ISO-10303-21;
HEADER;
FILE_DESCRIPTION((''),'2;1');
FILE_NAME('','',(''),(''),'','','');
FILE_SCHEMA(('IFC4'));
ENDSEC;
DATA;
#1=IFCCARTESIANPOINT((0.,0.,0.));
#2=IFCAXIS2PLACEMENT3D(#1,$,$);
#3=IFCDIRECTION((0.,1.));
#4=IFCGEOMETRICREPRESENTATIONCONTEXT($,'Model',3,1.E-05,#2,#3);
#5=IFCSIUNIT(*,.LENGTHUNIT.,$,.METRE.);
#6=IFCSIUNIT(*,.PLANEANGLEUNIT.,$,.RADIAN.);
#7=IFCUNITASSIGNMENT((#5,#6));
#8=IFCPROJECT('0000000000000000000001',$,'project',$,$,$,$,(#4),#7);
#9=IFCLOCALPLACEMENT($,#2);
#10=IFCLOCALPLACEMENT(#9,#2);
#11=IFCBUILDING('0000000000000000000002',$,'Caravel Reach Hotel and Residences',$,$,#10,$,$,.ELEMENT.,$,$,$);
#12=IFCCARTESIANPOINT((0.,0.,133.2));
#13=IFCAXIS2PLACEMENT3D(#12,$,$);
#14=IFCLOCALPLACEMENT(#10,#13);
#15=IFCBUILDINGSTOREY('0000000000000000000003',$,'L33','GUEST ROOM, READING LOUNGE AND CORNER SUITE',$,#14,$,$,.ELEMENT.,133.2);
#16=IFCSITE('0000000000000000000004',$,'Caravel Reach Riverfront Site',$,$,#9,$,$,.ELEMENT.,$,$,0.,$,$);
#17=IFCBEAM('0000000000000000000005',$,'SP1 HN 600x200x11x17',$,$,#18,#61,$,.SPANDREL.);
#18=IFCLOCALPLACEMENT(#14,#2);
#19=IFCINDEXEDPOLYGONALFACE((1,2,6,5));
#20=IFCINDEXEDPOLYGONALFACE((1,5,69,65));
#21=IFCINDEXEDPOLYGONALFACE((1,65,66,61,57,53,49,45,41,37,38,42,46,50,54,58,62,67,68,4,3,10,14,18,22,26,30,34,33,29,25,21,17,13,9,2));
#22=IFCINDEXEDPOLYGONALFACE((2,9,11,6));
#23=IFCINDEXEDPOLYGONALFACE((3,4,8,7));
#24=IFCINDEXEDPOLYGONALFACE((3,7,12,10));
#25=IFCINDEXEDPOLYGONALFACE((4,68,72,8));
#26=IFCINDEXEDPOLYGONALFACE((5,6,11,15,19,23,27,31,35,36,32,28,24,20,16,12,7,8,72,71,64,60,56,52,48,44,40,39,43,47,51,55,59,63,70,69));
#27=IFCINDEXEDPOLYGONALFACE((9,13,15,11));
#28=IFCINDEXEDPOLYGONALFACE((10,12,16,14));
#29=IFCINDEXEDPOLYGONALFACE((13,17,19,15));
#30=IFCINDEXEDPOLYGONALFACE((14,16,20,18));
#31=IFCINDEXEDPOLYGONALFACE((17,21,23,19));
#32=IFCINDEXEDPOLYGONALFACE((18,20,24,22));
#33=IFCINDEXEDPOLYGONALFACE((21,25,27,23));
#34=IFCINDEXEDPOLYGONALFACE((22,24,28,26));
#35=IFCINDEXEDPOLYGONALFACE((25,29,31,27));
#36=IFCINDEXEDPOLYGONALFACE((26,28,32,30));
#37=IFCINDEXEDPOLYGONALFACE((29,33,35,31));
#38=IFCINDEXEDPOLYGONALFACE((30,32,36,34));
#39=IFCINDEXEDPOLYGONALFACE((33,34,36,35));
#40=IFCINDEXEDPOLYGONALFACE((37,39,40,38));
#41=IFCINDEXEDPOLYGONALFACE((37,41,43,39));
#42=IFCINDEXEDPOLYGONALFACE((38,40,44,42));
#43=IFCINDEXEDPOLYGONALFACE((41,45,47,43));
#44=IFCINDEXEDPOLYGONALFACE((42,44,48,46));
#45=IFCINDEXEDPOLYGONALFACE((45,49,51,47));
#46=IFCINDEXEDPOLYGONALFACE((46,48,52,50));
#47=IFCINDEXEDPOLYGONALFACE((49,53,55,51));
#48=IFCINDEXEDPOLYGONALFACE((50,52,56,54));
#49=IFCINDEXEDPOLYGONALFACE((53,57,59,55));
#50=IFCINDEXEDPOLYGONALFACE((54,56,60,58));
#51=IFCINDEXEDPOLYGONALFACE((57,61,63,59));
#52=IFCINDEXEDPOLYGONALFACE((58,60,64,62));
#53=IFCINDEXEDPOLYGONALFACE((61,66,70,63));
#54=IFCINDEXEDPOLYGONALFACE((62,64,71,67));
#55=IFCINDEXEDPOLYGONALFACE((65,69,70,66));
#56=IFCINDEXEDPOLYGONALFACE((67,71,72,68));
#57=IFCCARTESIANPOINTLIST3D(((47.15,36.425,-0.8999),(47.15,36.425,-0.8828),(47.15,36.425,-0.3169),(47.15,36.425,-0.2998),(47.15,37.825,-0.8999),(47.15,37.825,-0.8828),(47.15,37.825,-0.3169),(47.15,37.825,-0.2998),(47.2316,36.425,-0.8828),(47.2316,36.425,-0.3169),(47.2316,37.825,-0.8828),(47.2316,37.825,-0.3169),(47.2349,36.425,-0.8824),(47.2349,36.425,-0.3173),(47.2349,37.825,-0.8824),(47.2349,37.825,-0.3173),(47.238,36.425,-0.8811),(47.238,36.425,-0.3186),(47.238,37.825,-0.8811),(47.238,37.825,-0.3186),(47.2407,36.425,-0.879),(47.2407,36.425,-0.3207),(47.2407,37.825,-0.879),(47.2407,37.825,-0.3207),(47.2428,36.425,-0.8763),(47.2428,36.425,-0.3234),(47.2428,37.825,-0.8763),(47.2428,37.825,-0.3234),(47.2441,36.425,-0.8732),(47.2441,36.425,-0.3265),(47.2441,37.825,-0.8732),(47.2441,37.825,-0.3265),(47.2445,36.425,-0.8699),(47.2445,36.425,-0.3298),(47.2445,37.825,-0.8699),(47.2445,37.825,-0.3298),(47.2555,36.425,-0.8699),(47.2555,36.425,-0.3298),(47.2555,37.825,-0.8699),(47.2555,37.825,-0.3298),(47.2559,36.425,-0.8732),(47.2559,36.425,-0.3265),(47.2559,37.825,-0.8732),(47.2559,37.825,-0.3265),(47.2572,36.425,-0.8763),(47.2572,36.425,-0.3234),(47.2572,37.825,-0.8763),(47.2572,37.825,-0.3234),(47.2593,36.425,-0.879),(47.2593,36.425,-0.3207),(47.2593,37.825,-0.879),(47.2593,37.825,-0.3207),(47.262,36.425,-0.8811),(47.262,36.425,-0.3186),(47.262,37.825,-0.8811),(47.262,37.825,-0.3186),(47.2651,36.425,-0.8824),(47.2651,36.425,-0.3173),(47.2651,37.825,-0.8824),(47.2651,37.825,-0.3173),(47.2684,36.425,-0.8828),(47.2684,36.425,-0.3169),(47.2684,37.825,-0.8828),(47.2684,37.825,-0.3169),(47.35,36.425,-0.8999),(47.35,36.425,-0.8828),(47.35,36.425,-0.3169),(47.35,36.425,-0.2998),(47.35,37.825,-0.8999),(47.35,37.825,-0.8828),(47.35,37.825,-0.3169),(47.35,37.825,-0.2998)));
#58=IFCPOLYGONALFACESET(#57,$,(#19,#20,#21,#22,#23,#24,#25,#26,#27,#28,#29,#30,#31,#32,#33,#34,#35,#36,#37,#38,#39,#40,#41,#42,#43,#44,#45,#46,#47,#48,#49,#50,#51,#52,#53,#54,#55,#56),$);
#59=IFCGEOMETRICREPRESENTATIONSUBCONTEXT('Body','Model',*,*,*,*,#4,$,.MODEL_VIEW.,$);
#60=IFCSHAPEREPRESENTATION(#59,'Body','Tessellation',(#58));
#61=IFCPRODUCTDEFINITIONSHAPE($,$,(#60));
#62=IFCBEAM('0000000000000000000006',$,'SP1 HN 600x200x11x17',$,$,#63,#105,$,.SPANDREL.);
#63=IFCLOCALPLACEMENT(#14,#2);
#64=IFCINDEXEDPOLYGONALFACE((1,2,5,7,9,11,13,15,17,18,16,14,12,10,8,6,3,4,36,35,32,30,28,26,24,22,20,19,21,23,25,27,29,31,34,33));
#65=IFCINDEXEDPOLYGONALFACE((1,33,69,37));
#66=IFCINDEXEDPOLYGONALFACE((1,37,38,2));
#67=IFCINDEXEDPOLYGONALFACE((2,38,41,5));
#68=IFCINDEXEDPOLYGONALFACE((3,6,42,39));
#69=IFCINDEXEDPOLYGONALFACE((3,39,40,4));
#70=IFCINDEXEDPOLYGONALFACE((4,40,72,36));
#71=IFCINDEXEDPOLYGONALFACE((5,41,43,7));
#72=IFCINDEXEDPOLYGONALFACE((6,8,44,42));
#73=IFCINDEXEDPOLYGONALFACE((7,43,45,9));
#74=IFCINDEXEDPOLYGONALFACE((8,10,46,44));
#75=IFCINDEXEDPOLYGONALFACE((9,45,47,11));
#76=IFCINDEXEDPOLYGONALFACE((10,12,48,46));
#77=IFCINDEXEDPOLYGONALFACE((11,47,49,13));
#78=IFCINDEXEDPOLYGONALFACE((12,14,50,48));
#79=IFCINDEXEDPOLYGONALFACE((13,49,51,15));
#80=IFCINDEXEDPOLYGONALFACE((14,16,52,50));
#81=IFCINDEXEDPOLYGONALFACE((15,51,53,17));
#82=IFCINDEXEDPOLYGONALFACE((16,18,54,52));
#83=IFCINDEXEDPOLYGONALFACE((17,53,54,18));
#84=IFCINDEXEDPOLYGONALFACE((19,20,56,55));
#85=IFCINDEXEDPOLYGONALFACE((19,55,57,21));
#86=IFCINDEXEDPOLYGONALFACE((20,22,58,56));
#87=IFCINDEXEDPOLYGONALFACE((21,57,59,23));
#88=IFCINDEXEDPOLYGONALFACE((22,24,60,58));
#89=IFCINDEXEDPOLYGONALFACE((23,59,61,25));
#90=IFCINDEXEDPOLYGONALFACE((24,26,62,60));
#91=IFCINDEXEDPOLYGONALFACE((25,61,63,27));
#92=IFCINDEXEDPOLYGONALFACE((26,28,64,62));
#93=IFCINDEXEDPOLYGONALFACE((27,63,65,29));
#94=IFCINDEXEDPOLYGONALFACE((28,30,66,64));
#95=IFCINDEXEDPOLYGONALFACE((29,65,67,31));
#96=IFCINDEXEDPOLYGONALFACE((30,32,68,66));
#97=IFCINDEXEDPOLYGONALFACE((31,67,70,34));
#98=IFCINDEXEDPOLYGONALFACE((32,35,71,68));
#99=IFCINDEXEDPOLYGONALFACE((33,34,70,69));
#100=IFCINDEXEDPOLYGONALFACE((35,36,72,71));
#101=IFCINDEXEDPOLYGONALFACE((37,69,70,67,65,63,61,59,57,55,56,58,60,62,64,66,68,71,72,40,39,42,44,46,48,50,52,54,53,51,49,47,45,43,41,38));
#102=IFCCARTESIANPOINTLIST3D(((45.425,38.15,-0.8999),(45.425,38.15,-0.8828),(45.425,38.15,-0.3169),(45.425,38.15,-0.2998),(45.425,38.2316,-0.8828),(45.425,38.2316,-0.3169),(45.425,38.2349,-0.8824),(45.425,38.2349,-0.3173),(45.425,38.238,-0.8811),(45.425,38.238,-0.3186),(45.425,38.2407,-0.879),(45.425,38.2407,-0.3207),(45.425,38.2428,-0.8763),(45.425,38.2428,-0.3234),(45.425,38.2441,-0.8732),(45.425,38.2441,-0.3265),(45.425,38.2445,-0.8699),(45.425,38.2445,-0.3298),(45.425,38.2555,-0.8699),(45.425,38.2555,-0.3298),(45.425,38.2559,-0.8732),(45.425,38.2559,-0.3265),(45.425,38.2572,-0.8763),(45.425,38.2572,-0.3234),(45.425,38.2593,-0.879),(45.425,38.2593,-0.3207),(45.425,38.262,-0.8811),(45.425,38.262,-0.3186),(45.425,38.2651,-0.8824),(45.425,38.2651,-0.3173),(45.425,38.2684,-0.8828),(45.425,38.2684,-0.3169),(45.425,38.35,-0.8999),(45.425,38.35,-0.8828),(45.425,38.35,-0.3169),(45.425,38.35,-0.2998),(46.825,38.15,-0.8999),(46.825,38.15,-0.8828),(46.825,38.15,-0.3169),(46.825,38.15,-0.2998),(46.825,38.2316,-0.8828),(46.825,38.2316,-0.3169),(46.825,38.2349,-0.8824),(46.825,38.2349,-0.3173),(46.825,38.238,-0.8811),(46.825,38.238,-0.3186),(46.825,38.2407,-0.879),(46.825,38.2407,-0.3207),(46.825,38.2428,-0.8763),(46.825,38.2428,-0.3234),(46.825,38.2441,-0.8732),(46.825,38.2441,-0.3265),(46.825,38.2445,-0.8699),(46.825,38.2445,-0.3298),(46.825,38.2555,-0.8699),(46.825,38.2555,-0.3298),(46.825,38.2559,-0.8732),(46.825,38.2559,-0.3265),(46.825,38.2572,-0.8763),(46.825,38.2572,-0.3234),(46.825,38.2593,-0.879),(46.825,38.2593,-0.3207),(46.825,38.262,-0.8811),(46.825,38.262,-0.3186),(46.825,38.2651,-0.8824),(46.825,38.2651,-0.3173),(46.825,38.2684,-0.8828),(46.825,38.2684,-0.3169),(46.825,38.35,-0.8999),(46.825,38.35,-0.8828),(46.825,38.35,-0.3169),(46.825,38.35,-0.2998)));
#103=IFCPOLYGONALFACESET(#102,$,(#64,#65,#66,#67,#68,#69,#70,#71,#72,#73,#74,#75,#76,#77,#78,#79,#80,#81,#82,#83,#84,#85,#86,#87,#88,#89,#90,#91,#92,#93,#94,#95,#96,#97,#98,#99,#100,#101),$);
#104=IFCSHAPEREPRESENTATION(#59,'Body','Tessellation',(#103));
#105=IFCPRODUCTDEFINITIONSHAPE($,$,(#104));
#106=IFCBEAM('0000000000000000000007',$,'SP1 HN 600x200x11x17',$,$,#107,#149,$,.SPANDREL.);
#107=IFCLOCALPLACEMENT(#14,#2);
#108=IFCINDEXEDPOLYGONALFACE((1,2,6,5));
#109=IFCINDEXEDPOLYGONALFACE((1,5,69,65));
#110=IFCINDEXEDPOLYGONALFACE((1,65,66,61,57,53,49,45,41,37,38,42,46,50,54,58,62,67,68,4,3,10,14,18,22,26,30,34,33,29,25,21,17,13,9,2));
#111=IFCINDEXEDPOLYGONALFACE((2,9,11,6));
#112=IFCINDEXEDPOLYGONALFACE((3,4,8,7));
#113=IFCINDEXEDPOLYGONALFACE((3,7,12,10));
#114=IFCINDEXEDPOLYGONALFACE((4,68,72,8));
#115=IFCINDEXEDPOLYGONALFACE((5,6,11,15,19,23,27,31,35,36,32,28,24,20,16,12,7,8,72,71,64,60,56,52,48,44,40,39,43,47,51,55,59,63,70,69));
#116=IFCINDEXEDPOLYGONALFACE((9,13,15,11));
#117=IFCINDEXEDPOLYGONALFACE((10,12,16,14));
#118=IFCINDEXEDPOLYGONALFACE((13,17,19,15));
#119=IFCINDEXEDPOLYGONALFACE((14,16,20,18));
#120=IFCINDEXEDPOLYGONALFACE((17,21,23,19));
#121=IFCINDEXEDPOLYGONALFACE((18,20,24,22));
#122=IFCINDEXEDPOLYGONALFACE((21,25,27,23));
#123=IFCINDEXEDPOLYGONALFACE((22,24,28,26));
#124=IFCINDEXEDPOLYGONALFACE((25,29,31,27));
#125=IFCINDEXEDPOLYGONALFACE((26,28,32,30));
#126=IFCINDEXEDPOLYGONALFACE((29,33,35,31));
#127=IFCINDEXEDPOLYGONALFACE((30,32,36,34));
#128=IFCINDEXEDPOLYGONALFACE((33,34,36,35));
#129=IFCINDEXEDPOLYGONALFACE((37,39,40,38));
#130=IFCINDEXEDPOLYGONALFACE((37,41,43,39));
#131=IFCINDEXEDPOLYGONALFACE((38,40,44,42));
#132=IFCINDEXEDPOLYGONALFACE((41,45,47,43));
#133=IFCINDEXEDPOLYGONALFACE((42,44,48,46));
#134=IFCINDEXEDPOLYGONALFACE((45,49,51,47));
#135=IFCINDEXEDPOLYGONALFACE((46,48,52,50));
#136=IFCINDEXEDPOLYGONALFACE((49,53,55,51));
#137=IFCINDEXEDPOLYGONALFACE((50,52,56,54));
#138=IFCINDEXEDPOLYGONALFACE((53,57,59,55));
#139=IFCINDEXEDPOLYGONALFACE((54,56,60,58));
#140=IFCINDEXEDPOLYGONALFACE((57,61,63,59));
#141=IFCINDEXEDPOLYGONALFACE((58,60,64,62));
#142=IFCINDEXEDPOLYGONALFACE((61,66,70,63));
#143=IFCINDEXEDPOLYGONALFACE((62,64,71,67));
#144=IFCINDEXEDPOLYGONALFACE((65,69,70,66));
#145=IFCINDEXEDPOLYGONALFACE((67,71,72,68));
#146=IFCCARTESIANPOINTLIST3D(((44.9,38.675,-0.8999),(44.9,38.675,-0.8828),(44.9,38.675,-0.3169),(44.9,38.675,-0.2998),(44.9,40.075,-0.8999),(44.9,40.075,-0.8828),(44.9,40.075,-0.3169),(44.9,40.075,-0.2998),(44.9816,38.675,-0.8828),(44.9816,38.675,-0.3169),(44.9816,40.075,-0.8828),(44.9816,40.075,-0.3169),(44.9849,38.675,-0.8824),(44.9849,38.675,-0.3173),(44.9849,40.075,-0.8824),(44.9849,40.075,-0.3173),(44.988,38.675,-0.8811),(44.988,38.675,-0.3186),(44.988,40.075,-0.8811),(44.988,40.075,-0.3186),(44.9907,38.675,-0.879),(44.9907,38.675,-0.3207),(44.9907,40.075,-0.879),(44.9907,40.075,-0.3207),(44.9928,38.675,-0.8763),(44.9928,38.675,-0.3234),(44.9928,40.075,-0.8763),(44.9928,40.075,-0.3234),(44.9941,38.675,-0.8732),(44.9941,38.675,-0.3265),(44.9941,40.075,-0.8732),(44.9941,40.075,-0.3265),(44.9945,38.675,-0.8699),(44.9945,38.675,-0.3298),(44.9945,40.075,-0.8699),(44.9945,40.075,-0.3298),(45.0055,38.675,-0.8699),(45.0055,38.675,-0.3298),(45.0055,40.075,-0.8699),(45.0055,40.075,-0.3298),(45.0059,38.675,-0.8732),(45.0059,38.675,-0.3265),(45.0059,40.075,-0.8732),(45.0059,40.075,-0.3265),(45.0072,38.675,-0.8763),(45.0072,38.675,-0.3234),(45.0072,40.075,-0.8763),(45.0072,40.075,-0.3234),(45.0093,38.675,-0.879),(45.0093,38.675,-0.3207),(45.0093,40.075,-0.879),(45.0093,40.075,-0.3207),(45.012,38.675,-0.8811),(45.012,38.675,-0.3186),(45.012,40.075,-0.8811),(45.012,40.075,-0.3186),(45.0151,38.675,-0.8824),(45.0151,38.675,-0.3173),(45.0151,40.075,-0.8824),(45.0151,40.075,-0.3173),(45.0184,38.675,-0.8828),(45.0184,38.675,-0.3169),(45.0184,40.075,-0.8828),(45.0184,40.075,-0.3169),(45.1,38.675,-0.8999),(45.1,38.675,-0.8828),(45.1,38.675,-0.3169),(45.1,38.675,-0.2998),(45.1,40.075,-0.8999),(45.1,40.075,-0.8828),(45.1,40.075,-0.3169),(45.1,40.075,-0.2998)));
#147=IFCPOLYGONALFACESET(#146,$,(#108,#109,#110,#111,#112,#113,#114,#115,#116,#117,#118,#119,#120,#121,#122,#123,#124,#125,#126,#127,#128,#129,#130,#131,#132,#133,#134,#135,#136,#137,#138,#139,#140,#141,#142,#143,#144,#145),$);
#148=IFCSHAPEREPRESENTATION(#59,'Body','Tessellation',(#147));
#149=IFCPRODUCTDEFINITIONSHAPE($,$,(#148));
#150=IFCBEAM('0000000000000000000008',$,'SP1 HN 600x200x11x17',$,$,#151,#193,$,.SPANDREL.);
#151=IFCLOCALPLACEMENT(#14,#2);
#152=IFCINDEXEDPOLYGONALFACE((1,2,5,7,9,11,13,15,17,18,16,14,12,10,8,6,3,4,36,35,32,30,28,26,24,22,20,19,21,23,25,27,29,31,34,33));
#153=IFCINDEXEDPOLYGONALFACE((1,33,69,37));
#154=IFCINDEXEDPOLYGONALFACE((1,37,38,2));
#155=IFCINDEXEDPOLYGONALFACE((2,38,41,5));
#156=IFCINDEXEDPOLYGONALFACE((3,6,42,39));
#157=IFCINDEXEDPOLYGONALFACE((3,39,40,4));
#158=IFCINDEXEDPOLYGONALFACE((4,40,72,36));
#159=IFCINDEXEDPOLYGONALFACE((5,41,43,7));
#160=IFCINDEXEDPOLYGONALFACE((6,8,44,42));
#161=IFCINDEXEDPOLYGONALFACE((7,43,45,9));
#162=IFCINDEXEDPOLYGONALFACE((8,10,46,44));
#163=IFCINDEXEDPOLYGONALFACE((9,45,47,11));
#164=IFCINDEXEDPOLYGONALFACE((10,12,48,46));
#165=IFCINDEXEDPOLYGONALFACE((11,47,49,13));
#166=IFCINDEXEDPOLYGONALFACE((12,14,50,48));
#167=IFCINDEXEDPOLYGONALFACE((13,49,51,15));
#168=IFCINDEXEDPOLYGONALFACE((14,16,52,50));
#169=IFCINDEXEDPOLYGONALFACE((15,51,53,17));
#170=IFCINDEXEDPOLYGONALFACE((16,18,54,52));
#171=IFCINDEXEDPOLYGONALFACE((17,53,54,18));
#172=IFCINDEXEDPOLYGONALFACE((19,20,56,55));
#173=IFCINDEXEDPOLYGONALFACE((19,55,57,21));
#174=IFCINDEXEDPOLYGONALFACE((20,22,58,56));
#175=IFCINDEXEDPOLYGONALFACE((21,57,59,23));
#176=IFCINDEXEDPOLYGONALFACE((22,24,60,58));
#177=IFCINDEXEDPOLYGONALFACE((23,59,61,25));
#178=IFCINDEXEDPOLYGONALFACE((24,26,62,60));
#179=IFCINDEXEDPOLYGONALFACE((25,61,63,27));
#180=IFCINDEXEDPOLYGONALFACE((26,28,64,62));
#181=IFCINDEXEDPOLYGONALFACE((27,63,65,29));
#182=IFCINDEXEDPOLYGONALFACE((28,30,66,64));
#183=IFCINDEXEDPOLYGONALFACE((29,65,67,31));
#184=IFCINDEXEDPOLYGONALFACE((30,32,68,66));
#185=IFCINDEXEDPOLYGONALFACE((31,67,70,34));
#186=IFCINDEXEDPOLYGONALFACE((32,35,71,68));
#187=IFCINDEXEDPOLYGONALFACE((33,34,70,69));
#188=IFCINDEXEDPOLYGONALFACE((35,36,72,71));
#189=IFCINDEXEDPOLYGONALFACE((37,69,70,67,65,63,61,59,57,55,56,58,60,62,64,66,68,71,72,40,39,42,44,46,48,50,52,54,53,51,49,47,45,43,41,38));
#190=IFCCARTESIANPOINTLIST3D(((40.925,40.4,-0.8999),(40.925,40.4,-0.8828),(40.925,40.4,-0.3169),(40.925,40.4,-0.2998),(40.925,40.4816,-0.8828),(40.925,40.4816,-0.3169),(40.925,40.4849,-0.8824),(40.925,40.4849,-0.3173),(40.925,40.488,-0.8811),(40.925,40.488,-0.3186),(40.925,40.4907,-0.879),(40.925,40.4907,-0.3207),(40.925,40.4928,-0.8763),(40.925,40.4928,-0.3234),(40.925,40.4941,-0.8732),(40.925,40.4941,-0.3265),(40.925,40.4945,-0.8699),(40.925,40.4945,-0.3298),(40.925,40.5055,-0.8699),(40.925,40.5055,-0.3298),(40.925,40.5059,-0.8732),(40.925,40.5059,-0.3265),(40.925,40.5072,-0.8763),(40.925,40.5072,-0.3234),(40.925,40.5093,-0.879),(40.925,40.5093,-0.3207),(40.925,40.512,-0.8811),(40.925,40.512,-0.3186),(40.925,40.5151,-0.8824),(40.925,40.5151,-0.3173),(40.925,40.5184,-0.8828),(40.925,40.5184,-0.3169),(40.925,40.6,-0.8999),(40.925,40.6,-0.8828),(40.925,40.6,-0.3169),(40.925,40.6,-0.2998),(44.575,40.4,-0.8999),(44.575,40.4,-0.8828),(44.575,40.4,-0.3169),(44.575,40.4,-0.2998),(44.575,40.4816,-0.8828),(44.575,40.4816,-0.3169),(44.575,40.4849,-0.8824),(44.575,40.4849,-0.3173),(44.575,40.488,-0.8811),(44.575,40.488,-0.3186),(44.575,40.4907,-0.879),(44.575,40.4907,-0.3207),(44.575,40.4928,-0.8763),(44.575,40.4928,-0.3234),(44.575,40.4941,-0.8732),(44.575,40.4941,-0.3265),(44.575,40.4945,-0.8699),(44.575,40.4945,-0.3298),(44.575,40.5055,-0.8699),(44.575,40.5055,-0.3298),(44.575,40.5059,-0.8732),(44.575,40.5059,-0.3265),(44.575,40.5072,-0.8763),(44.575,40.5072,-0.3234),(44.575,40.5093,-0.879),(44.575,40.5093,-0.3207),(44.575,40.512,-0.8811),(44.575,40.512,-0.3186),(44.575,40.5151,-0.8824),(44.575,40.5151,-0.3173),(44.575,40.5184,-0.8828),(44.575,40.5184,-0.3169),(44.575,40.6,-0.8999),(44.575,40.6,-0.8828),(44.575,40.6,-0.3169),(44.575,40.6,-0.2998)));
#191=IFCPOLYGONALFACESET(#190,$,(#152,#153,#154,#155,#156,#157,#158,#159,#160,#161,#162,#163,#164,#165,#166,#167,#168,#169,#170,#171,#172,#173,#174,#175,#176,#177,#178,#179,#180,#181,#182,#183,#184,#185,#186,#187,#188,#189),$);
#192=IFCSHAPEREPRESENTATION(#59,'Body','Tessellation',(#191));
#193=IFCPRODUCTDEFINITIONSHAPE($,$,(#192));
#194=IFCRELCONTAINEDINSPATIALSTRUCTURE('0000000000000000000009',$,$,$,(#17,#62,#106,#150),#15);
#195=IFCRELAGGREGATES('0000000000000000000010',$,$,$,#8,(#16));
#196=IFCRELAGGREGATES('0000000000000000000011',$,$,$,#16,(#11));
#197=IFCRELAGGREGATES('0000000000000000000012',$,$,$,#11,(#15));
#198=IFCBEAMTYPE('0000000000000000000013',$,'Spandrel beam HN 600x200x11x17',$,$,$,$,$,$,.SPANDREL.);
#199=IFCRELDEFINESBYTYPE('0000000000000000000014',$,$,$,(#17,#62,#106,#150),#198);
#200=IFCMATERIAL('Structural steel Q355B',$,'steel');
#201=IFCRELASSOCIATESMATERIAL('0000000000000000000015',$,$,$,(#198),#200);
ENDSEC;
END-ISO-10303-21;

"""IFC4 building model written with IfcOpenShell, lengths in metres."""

from ifc_helpers import new_model, si_unit, direction, frame, origin, origin_2d, place, context, subcontext, project, spatial, i_section, extrude, material, material_profile, profile_set, type_object, element, save


model = new_model("IFC4")

# Units and contexts
model_context = context("Model", 3, precision=1e-05, world=origin(), true_north=direction((0.0, 1.0)))
body_context = subcontext(model_context, "Body", "Model", "MODEL_VIEW")
ifc_project = project(units=[si_unit("LENGTHUNIT", "METRE"), si_unit("PLANEANGLEUNIT", "RADIAN")], contexts=[model_context])

# Site, building, storey
site_placement = place(None, origin())
site = spatial("IfcSite", under=ifc_project, at=site_placement, Name="Caravel Reach Riverfront Site", CompositionType="ELEMENT", RefElevation=0.0)
building_placement = place(site_placement, origin())
building = spatial("IfcBuilding", under=site, at=building_placement, Name="Caravel Reach Hotel and Residences", CompositionType="ELEMENT")
storey_placement = place(building_placement, frame((0.0, 0.0, 133.2)))
storey = spatial("IfcBuildingStorey", under=building, at=storey_placement, Name="L33", Description="GUEST ROOM, READING LOUNGE AND CORNER SUITE", CompositionType="ELEMENT", Elevation=133.2)

# Beams
ifc_material_1 = material(Name="Structural steel Q355B", Category="steel")
ifc_material_profile_1 = material_profile(ifc_material_1, i_section(OverallWidth=0.2, OverallDepth=0.6001, WebThickness=0.011, FlangeThickness=0.0171, FilletRadius=0.0129, at=origin_2d()), Name="HN 600x200x11x17")
ifc_profile_set_1 = profile_set([ifc_material_profile_1], Name="Structural steel Q355B")
beam_type_1 = type_object("IfcBeamType", Name="Spandrel beam HN 600x200x11x17", PredefinedType="SPANDREL", material=ifc_profile_set_1)
for number, where, z_axis, x_axis, name in (
    (1, (47.25, 36.425, -0.5999), (0.0, 1.0, 0.0), (-1.0, 0.0, 0.0), "SP1 HN 600x200x11x17"),
    (2, (46.825, 38.25, -0.5999), (-1.0, 0.0, 0.0), (0.0, -1.0, 0.0), "SP1 HN 600x200x11x17"),
    (3, (45.0, 38.675, -0.5999), (0.0, 1.0, 0.0), (-1.0, 0.0, 0.0), "SP1 HN 600x200x11x17"),
):
    element("IfcBeam", number, at=place(storey_placement, frame(where, z_axis=z_axis, x_axis=x_axis)), inside=storey, type_object=beam_type_1, Name=name, PredefinedType="SPANDREL", context=body_context, shape_type="SweptSolid", body=[
        extrude(i_section(OverallWidth=0.2, OverallDepth=0.6001, WebThickness=0.011, FlangeThickness=0.0171, FilletRadius=0.0129, at=origin_2d()), origin(), (0.0, 0.0, 1.0), 1.3999),
    ])
beam_1_placement = place(storey_placement, frame((44.575, 40.5, -0.5999), z_axis=(-1.0, 0.0, 0.0), x_axis=(0.0, -1.0, 0.0)))
element("IfcBeam", 4, at=beam_1_placement, inside=storey, type_object=beam_type_1, Name="SP1 HN 600x200x11x17", PredefinedType="SPANDREL", context=body_context, shape_type="SweptSolid", body=[
    extrude(i_section(OverallWidth=0.2, OverallDepth=0.6001, WebThickness=0.011, FlangeThickness=0.0171, FilletRadius=0.0129, at=origin_2d()), origin(), (0.0, 0.0, 1.0), 3.6499),
])

save(model, "model.ifc")
